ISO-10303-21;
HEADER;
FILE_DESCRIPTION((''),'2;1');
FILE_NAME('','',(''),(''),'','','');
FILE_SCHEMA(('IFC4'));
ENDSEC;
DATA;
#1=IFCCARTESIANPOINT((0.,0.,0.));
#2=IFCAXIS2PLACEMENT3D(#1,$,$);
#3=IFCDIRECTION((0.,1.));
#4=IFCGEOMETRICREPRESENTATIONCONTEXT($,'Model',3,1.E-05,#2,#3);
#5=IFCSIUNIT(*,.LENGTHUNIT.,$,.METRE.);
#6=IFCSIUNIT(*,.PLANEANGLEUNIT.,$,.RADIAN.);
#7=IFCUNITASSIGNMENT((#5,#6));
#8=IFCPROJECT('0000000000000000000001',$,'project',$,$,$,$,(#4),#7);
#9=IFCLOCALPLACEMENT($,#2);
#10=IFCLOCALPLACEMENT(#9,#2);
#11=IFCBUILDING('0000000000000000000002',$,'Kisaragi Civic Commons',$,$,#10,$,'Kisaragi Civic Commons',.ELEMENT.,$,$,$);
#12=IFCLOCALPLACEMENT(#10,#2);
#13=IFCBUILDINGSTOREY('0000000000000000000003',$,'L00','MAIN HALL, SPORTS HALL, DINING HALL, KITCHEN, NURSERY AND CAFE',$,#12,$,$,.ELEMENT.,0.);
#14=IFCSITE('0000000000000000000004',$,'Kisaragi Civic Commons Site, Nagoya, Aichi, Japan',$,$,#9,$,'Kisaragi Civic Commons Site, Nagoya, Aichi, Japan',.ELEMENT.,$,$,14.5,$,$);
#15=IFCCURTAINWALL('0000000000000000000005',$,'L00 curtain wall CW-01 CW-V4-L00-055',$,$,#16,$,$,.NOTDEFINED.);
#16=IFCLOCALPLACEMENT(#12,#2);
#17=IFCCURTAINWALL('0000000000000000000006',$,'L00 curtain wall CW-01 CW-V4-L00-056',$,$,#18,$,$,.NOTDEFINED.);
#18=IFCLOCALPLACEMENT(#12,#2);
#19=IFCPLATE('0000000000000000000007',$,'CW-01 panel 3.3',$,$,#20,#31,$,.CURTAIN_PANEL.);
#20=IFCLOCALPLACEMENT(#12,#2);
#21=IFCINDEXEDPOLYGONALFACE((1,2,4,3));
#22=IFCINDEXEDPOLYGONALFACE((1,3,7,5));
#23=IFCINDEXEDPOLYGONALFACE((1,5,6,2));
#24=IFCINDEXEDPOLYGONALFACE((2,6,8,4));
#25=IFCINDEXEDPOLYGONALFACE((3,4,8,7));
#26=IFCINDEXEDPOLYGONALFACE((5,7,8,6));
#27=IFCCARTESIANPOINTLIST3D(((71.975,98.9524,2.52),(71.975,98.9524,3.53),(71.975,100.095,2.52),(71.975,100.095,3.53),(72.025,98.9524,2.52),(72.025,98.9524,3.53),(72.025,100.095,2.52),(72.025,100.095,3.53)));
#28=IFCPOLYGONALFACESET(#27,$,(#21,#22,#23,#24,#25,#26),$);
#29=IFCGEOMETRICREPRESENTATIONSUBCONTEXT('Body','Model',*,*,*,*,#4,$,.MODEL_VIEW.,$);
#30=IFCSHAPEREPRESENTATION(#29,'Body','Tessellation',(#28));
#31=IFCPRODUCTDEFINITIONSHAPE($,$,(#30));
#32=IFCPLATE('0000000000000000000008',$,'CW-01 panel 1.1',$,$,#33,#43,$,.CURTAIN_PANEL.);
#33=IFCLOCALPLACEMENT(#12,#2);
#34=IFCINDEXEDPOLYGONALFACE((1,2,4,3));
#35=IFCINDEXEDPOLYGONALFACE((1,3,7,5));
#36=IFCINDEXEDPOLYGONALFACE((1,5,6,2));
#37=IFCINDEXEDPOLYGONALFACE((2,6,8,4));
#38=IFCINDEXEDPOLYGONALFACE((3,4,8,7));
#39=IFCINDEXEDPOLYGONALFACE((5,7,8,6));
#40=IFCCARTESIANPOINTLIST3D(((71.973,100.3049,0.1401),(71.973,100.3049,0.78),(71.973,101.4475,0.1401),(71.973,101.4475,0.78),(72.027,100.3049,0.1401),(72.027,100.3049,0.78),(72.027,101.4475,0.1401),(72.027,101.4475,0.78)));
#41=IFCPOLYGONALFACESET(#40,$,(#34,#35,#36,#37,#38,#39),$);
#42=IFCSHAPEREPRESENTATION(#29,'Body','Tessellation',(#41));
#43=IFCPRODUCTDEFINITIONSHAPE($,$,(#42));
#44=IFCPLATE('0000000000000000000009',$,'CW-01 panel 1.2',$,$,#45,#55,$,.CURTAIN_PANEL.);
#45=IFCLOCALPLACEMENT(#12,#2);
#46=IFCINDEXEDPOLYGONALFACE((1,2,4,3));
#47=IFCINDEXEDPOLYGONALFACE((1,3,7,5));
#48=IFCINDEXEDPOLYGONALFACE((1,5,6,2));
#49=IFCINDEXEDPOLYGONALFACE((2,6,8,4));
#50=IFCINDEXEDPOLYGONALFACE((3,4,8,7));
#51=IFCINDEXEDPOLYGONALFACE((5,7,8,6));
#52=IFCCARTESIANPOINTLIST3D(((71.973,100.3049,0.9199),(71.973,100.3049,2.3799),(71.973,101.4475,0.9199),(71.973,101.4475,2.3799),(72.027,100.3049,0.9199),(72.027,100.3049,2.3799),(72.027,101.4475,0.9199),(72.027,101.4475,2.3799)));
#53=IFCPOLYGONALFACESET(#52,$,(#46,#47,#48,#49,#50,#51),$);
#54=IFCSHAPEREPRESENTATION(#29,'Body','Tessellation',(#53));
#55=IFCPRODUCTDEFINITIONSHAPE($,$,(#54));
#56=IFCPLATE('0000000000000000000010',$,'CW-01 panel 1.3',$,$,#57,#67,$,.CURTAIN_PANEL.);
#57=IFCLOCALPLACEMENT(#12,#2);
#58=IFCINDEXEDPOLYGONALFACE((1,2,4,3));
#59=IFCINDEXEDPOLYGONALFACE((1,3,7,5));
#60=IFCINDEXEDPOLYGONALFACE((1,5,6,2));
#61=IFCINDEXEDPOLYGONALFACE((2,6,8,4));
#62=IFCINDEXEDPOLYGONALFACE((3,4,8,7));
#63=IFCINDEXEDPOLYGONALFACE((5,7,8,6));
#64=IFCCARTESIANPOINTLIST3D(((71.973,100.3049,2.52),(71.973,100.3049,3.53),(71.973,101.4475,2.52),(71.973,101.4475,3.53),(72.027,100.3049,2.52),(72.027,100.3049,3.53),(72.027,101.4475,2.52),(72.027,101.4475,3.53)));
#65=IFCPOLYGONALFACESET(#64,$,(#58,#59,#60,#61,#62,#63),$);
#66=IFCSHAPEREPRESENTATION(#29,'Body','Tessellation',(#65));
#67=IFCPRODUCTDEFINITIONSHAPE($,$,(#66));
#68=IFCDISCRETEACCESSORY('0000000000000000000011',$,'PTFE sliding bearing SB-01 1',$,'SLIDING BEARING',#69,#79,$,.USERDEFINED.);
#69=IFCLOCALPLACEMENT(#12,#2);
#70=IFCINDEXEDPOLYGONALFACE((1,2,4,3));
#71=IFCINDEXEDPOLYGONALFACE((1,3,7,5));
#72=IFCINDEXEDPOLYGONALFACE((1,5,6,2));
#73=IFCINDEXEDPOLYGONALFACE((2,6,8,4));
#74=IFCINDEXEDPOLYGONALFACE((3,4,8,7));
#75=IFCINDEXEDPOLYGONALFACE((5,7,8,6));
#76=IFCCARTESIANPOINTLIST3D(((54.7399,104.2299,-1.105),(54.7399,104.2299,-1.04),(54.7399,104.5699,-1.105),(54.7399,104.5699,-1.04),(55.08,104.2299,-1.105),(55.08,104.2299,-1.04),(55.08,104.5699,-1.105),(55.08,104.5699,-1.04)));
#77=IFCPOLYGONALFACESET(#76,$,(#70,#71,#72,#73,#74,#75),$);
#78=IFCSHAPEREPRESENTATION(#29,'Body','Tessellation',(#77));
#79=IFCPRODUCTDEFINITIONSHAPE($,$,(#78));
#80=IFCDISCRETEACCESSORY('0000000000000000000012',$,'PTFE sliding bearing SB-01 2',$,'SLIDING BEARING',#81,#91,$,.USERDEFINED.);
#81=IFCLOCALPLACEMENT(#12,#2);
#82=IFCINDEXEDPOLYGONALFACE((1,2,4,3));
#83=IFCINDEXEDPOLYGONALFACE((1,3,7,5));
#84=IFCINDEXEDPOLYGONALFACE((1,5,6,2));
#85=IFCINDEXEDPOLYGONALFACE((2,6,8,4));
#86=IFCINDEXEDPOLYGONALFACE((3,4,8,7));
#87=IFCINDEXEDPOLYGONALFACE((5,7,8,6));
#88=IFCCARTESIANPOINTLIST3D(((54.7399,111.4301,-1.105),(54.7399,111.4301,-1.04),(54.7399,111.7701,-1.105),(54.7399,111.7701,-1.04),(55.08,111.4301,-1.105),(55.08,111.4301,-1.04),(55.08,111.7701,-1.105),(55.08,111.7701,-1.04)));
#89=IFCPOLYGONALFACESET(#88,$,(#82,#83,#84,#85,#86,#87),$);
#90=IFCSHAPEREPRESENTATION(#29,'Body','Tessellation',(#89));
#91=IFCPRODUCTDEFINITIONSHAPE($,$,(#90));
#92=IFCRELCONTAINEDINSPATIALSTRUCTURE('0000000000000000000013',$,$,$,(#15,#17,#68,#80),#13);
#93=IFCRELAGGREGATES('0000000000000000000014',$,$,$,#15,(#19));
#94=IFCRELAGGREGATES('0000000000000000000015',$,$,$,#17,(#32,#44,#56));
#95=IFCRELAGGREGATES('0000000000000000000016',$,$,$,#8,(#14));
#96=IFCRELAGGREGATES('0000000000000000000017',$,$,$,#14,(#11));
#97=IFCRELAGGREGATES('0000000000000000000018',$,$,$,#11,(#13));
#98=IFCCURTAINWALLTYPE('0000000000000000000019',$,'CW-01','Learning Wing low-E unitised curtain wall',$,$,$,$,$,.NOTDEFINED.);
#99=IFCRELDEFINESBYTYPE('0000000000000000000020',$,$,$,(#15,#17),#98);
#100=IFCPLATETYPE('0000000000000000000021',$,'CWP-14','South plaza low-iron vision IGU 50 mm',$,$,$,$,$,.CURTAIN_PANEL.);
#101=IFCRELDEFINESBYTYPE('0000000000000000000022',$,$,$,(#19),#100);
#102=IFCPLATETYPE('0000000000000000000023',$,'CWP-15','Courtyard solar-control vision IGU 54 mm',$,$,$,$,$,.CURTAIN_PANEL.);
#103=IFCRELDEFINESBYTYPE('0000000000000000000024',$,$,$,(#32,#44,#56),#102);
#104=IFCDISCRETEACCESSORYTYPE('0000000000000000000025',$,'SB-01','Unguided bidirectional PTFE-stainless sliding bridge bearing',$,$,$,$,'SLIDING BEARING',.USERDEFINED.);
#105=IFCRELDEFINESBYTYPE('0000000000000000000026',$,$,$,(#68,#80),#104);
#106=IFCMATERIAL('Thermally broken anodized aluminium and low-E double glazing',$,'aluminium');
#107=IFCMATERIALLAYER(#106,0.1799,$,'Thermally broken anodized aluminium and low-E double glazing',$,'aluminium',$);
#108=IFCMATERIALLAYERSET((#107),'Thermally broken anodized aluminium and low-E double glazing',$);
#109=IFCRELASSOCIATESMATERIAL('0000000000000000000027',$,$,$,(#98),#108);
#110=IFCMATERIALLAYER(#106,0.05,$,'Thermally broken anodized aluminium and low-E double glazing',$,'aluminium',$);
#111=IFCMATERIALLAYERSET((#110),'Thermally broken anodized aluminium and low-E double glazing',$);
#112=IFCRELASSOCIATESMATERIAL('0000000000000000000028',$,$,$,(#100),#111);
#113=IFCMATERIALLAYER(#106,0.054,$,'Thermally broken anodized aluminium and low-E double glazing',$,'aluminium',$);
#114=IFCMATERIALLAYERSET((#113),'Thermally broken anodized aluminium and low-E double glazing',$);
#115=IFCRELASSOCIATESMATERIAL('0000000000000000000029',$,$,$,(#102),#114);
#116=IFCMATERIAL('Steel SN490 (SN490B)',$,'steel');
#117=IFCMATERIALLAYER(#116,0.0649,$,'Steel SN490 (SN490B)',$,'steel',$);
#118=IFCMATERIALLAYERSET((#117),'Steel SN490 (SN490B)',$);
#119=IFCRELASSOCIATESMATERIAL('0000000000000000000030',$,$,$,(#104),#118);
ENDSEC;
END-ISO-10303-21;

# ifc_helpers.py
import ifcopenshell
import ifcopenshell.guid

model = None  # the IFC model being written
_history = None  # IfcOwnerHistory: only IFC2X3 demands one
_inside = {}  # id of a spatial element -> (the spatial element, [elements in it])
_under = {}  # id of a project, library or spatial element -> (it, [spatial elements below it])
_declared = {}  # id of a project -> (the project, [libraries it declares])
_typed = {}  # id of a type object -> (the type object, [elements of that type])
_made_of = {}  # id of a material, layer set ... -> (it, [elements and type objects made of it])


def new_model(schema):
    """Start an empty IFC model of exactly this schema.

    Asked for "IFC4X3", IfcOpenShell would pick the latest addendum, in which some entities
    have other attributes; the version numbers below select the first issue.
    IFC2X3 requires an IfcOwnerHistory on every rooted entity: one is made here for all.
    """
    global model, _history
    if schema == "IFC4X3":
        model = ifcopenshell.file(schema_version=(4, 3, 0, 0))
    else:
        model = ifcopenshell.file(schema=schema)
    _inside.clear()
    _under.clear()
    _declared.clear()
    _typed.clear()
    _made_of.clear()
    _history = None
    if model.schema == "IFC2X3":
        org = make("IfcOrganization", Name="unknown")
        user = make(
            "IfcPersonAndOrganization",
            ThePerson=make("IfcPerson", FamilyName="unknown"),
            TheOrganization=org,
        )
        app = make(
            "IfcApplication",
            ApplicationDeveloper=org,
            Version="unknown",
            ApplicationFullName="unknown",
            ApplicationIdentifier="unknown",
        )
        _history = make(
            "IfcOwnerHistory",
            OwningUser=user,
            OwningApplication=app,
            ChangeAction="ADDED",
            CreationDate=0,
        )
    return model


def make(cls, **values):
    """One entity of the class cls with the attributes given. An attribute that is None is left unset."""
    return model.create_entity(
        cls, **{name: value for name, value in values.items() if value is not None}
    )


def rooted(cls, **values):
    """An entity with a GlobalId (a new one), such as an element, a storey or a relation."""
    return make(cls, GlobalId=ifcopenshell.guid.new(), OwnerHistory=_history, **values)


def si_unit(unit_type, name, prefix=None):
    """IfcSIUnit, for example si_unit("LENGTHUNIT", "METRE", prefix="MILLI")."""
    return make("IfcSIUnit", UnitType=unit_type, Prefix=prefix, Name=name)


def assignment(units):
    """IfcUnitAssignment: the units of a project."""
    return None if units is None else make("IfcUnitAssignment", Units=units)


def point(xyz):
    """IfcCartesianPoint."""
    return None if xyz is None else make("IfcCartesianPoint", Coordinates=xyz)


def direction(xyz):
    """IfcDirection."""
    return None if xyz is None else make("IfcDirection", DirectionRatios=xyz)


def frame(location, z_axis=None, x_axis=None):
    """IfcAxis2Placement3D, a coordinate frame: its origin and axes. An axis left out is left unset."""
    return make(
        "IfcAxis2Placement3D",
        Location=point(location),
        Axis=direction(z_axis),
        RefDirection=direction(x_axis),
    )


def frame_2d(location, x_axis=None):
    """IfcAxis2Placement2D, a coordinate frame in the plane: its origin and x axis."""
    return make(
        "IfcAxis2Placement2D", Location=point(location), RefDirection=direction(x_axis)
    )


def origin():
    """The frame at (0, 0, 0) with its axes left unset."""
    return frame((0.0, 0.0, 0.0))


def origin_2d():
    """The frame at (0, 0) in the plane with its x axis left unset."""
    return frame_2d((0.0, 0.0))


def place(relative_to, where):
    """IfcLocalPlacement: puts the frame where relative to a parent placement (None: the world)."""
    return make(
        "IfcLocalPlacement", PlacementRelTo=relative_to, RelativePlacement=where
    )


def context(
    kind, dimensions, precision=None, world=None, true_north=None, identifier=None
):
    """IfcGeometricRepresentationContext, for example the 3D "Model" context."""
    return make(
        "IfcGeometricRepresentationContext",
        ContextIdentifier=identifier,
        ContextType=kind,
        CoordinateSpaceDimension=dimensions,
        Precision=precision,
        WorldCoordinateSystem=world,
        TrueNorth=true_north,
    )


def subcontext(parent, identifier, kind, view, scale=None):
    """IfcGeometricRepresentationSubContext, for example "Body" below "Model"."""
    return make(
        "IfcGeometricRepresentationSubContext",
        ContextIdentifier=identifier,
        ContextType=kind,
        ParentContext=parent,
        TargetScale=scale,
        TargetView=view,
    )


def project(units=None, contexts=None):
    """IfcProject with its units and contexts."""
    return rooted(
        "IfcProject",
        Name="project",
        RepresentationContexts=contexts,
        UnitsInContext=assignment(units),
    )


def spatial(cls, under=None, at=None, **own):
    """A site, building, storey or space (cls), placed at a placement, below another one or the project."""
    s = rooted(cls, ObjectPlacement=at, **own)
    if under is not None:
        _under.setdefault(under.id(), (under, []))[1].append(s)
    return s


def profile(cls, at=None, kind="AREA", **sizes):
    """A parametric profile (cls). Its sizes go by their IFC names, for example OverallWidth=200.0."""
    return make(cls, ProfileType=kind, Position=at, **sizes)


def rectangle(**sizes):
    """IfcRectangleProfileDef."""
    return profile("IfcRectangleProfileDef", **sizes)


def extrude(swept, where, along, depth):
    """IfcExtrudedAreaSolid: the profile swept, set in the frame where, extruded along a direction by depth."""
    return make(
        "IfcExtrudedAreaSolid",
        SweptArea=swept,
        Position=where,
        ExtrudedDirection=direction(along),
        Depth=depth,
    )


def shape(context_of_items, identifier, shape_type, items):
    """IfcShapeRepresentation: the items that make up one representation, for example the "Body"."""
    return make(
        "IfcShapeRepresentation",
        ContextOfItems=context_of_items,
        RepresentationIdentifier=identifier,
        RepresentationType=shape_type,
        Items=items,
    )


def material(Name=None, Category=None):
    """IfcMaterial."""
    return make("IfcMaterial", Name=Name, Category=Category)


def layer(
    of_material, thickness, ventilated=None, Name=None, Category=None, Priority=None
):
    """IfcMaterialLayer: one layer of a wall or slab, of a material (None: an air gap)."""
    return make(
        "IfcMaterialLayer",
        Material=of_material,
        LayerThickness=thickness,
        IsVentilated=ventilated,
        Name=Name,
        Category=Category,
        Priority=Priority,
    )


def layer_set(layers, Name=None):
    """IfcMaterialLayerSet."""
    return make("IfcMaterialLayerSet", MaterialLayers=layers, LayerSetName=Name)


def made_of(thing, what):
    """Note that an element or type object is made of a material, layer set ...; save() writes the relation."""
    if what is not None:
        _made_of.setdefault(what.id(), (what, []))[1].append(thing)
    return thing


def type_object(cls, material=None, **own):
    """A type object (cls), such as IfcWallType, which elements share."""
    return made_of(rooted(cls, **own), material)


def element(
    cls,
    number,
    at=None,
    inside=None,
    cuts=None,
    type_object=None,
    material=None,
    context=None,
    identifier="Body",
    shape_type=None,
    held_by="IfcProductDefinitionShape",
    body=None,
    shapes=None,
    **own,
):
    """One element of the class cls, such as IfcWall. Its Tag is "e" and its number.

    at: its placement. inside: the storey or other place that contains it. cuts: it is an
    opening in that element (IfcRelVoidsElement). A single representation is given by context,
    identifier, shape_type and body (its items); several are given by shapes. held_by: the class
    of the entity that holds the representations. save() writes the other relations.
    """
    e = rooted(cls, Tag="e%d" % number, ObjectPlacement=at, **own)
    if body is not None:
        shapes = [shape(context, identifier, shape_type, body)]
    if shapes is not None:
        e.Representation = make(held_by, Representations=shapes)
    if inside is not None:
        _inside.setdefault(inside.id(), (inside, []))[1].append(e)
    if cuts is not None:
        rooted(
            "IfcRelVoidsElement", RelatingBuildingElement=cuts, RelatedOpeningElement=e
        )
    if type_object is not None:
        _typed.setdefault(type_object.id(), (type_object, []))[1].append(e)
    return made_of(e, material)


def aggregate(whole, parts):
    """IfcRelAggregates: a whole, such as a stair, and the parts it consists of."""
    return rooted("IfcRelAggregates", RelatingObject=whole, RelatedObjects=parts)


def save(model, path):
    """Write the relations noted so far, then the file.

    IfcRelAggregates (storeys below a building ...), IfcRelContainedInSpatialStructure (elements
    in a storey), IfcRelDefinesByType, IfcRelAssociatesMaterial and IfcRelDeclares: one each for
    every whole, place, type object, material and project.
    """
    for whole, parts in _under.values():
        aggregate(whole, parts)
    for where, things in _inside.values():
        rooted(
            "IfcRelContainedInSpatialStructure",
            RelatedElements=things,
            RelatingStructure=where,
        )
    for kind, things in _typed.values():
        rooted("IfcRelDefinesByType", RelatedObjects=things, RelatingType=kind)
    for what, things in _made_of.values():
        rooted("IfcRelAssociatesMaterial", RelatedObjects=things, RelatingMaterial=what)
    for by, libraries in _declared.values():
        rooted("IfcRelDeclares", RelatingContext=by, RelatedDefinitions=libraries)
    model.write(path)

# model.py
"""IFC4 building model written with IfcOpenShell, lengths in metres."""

from ifc_helpers import new_model, si_unit, direction, frame, origin, origin_2d, place, context, subcontext, project, spatial, rectangle, extrude, material, layer, layer_set, type_object, element, aggregate, save


model = new_model("IFC4")

# Units and contexts
model_context = context("Model", 3, precision=1e-05, world=origin(), true_north=direction((0.0, 1.0)))
body_context = subcontext(model_context, "Body", "Model", "MODEL_VIEW")
ifc_project = project(units=[si_unit("LENGTHUNIT", "METRE"), si_unit("PLANEANGLEUNIT", "RADIAN")], contexts=[model_context])

# Site, building, storey
site_placement = place(None, origin())
site = spatial("IfcSite", under=ifc_project, at=site_placement, Name="Kisaragi Civic Commons Site, Nagoya, Aichi, Japan", LongName="Kisaragi Civic Commons Site, Nagoya, Aichi, Japan", CompositionType="ELEMENT", RefElevation=14.5)
building_placement = place(site_placement, origin())
building = spatial("IfcBuilding", under=site, at=building_placement, Name="Kisaragi Civic Commons", LongName="Kisaragi Civic Commons", CompositionType="ELEMENT")
storey_placement = place(building_placement, origin())
storey = spatial("IfcBuildingStorey", under=building, at=storey_placement, Name="L00", Description="MAIN HALL, SPORTS HALL, DINING HALL, KITCHEN, NURSERY AND CAFE", CompositionType="ELEMENT", Elevation=0.0)

# Curtain wall
ifc_material_1 = material(Name="Thermally broken anodized aluminium and low-E double glazing", Category="aluminium")
ifc_layer_1 = layer(ifc_material_1, 0.1799, Name="Thermally broken anodized aluminium and low-E double glazing", Category="aluminium")
ifc_layer_set_1 = layer_set([ifc_layer_1], Name="Thermally broken anodized aluminium and low-E double glazing")
curtain_wall_type = type_object("IfcCurtainWallType", Name="CW-01", Description="Learning Wing low-E unitised curtain wall", PredefinedType="NOTDEFINED", material=ifc_layer_set_1)
curtain_wall_1_placement = place(storey_placement, origin())
curtain_wall_1 = element("IfcCurtainWall", 1, at=curtain_wall_1_placement, inside=storey, type_object=curtain_wall_type, Name="L00 curtain wall CW-01 CW-V4-L00-055", PredefinedType="NOTDEFINED")

# Curtain wall
curtain_wall_2_placement = place(storey_placement, origin())
curtain_wall_2 = element("IfcCurtainWall", 2, at=curtain_wall_2_placement, inside=storey, type_object=curtain_wall_type, Name="L00 curtain wall CW-01 CW-V4-L00-056", PredefinedType="NOTDEFINED")

# Shared definitions
ifc_material_2 = material(Name="Steel SN490 (SN490B)", Category="steel")

# Plates
ifc_layer_2 = layer(ifc_material_1, 0.05, Name="Thermally broken anodized aluminium and low-E double glazing", Category="aluminium")
ifc_layer_set_2 = layer_set([ifc_layer_2], Name="Thermally broken anodized aluminium and low-E double glazing")
plate_type_1 = type_object("IfcPlateType", Name="CWP-14", Description="South plaza low-iron vision IGU 50 mm", PredefinedType="CURTAIN_PANEL", material=ifc_layer_set_2)
plate_1_placement = place(storey_placement, frame((72.0, 99.5237, 2.52), z_axis=(0.0, 0.0, 1.0), x_axis=(0.0, 1.0, 0.0)))
plate_1 = element("IfcPlate", 3, at=plate_1_placement, type_object=plate_type_1, Name="CW-01 panel 3.3", PredefinedType="CURTAIN_PANEL", context=body_context, shape_type="SweptSolid", body=[
    extrude(rectangle(XDim=1.1426, YDim=0.05, at=origin_2d()), origin(), (0.0, 0.0, 1.0), 1.01),
])
aggregate(curtain_wall_1, [plate_1])
ifc_layer_3 = layer(ifc_material_1, 0.054, Name="Thermally broken anodized aluminium and low-E double glazing", Category="aluminium")
ifc_layer_set_3 = layer_set([ifc_layer_3], Name="Thermally broken anodized aluminium and low-E double glazing")
plate_type_2 = type_object("IfcPlateType", Name="CWP-15", Description="Courtyard solar-control vision IGU 54 mm", PredefinedType="CURTAIN_PANEL", material=ifc_layer_set_3)
plate_2_placement = place(storey_placement, frame((72.0, 100.8762, 0.1401), z_axis=(0.0, 0.0, 1.0), x_axis=(0.0, 1.0, 0.0)))
plate_2 = element("IfcPlate", 4, at=plate_2_placement, type_object=plate_type_2, Name="CW-01 panel 1.1", PredefinedType="CURTAIN_PANEL", context=body_context, shape_type="SweptSolid", body=[
    extrude(rectangle(XDim=1.1426, YDim=0.054, at=origin_2d()), origin(), (0.0, 0.0, 1.0), 0.6399),
])
plate_3_placement = place(storey_placement, frame((72.0, 100.8762, 0.9199), z_axis=(0.0, 0.0, 1.0), x_axis=(0.0, 1.0, 0.0)))
plate_3 = element("IfcPlate", 5, at=plate_3_placement, type_object=plate_type_2, Name="CW-01 panel 1.2", PredefinedType="CURTAIN_PANEL", context=body_context, shape_type="SweptSolid", body=[
    extrude(rectangle(XDim=1.1426, YDim=0.054, at=origin_2d()), origin(), (0.0, 0.0, 1.0), 1.46),
])
plate_4_placement = place(storey_placement, frame((72.0, 100.8762, 2.52), z_axis=(0.0, 0.0, 1.0), x_axis=(0.0, 1.0, 0.0)))
plate_4 = element("IfcPlate", 6, at=plate_4_placement, type_object=plate_type_2, Name="CW-01 panel 1.3", PredefinedType="CURTAIN_PANEL", context=body_context, shape_type="SweptSolid", body=[
    extrude(rectangle(XDim=1.1426, YDim=0.054, at=origin_2d()), origin(), (0.0, 0.0, 1.0), 1.01),
])
aggregate(curtain_wall_2, [plate_2, plate_3, plate_4])

# Discrete accessories
ifc_layer_4 = layer(ifc_material_2, 0.0649, Name="Steel SN490 (SN490B)", Category="steel")
ifc_layer_set_4 = layer_set([ifc_layer_4], Name="Steel SN490 (SN490B)")
discrete_accessory_type = type_object("IfcDiscreteAccessoryType", Name="SB-01", Description="Unguided bidirectional PTFE-stainless sliding bridge bearing", ElementType="SLIDING BEARING", PredefinedType="USERDEFINED", material=ifc_layer_set_4)
for number, where, z_axis, x_axis, name in (
    (7, (54.9099, 104.3999, -1.105), (0.0, 0.0, 1.0), (1.0, 0.0, 0.0), "PTFE sliding bearing SB-01 1"),
    (8, (54.9099, 111.6001, -1.105), (0.0, 0.0, 1.0), (1.0, 0.0, 0.0), "PTFE sliding bearing SB-01 2"),
):
    element("IfcDiscreteAccessory", number, at=place(storey_placement, frame(where, z_axis=z_axis, x_axis=x_axis)), inside=storey, type_object=discrete_accessory_type, Name=name, ObjectType="SLIDING BEARING", PredefinedType="USERDEFINED", context=body_context, shape_type="SweptSolid", body=[
        extrude(rectangle(XDim=0.3401, YDim=0.3401, at=origin_2d()), origin(), (0.0, 0.0, 1.0), 0.0649),
    ])

save(model, "model.ifc")
